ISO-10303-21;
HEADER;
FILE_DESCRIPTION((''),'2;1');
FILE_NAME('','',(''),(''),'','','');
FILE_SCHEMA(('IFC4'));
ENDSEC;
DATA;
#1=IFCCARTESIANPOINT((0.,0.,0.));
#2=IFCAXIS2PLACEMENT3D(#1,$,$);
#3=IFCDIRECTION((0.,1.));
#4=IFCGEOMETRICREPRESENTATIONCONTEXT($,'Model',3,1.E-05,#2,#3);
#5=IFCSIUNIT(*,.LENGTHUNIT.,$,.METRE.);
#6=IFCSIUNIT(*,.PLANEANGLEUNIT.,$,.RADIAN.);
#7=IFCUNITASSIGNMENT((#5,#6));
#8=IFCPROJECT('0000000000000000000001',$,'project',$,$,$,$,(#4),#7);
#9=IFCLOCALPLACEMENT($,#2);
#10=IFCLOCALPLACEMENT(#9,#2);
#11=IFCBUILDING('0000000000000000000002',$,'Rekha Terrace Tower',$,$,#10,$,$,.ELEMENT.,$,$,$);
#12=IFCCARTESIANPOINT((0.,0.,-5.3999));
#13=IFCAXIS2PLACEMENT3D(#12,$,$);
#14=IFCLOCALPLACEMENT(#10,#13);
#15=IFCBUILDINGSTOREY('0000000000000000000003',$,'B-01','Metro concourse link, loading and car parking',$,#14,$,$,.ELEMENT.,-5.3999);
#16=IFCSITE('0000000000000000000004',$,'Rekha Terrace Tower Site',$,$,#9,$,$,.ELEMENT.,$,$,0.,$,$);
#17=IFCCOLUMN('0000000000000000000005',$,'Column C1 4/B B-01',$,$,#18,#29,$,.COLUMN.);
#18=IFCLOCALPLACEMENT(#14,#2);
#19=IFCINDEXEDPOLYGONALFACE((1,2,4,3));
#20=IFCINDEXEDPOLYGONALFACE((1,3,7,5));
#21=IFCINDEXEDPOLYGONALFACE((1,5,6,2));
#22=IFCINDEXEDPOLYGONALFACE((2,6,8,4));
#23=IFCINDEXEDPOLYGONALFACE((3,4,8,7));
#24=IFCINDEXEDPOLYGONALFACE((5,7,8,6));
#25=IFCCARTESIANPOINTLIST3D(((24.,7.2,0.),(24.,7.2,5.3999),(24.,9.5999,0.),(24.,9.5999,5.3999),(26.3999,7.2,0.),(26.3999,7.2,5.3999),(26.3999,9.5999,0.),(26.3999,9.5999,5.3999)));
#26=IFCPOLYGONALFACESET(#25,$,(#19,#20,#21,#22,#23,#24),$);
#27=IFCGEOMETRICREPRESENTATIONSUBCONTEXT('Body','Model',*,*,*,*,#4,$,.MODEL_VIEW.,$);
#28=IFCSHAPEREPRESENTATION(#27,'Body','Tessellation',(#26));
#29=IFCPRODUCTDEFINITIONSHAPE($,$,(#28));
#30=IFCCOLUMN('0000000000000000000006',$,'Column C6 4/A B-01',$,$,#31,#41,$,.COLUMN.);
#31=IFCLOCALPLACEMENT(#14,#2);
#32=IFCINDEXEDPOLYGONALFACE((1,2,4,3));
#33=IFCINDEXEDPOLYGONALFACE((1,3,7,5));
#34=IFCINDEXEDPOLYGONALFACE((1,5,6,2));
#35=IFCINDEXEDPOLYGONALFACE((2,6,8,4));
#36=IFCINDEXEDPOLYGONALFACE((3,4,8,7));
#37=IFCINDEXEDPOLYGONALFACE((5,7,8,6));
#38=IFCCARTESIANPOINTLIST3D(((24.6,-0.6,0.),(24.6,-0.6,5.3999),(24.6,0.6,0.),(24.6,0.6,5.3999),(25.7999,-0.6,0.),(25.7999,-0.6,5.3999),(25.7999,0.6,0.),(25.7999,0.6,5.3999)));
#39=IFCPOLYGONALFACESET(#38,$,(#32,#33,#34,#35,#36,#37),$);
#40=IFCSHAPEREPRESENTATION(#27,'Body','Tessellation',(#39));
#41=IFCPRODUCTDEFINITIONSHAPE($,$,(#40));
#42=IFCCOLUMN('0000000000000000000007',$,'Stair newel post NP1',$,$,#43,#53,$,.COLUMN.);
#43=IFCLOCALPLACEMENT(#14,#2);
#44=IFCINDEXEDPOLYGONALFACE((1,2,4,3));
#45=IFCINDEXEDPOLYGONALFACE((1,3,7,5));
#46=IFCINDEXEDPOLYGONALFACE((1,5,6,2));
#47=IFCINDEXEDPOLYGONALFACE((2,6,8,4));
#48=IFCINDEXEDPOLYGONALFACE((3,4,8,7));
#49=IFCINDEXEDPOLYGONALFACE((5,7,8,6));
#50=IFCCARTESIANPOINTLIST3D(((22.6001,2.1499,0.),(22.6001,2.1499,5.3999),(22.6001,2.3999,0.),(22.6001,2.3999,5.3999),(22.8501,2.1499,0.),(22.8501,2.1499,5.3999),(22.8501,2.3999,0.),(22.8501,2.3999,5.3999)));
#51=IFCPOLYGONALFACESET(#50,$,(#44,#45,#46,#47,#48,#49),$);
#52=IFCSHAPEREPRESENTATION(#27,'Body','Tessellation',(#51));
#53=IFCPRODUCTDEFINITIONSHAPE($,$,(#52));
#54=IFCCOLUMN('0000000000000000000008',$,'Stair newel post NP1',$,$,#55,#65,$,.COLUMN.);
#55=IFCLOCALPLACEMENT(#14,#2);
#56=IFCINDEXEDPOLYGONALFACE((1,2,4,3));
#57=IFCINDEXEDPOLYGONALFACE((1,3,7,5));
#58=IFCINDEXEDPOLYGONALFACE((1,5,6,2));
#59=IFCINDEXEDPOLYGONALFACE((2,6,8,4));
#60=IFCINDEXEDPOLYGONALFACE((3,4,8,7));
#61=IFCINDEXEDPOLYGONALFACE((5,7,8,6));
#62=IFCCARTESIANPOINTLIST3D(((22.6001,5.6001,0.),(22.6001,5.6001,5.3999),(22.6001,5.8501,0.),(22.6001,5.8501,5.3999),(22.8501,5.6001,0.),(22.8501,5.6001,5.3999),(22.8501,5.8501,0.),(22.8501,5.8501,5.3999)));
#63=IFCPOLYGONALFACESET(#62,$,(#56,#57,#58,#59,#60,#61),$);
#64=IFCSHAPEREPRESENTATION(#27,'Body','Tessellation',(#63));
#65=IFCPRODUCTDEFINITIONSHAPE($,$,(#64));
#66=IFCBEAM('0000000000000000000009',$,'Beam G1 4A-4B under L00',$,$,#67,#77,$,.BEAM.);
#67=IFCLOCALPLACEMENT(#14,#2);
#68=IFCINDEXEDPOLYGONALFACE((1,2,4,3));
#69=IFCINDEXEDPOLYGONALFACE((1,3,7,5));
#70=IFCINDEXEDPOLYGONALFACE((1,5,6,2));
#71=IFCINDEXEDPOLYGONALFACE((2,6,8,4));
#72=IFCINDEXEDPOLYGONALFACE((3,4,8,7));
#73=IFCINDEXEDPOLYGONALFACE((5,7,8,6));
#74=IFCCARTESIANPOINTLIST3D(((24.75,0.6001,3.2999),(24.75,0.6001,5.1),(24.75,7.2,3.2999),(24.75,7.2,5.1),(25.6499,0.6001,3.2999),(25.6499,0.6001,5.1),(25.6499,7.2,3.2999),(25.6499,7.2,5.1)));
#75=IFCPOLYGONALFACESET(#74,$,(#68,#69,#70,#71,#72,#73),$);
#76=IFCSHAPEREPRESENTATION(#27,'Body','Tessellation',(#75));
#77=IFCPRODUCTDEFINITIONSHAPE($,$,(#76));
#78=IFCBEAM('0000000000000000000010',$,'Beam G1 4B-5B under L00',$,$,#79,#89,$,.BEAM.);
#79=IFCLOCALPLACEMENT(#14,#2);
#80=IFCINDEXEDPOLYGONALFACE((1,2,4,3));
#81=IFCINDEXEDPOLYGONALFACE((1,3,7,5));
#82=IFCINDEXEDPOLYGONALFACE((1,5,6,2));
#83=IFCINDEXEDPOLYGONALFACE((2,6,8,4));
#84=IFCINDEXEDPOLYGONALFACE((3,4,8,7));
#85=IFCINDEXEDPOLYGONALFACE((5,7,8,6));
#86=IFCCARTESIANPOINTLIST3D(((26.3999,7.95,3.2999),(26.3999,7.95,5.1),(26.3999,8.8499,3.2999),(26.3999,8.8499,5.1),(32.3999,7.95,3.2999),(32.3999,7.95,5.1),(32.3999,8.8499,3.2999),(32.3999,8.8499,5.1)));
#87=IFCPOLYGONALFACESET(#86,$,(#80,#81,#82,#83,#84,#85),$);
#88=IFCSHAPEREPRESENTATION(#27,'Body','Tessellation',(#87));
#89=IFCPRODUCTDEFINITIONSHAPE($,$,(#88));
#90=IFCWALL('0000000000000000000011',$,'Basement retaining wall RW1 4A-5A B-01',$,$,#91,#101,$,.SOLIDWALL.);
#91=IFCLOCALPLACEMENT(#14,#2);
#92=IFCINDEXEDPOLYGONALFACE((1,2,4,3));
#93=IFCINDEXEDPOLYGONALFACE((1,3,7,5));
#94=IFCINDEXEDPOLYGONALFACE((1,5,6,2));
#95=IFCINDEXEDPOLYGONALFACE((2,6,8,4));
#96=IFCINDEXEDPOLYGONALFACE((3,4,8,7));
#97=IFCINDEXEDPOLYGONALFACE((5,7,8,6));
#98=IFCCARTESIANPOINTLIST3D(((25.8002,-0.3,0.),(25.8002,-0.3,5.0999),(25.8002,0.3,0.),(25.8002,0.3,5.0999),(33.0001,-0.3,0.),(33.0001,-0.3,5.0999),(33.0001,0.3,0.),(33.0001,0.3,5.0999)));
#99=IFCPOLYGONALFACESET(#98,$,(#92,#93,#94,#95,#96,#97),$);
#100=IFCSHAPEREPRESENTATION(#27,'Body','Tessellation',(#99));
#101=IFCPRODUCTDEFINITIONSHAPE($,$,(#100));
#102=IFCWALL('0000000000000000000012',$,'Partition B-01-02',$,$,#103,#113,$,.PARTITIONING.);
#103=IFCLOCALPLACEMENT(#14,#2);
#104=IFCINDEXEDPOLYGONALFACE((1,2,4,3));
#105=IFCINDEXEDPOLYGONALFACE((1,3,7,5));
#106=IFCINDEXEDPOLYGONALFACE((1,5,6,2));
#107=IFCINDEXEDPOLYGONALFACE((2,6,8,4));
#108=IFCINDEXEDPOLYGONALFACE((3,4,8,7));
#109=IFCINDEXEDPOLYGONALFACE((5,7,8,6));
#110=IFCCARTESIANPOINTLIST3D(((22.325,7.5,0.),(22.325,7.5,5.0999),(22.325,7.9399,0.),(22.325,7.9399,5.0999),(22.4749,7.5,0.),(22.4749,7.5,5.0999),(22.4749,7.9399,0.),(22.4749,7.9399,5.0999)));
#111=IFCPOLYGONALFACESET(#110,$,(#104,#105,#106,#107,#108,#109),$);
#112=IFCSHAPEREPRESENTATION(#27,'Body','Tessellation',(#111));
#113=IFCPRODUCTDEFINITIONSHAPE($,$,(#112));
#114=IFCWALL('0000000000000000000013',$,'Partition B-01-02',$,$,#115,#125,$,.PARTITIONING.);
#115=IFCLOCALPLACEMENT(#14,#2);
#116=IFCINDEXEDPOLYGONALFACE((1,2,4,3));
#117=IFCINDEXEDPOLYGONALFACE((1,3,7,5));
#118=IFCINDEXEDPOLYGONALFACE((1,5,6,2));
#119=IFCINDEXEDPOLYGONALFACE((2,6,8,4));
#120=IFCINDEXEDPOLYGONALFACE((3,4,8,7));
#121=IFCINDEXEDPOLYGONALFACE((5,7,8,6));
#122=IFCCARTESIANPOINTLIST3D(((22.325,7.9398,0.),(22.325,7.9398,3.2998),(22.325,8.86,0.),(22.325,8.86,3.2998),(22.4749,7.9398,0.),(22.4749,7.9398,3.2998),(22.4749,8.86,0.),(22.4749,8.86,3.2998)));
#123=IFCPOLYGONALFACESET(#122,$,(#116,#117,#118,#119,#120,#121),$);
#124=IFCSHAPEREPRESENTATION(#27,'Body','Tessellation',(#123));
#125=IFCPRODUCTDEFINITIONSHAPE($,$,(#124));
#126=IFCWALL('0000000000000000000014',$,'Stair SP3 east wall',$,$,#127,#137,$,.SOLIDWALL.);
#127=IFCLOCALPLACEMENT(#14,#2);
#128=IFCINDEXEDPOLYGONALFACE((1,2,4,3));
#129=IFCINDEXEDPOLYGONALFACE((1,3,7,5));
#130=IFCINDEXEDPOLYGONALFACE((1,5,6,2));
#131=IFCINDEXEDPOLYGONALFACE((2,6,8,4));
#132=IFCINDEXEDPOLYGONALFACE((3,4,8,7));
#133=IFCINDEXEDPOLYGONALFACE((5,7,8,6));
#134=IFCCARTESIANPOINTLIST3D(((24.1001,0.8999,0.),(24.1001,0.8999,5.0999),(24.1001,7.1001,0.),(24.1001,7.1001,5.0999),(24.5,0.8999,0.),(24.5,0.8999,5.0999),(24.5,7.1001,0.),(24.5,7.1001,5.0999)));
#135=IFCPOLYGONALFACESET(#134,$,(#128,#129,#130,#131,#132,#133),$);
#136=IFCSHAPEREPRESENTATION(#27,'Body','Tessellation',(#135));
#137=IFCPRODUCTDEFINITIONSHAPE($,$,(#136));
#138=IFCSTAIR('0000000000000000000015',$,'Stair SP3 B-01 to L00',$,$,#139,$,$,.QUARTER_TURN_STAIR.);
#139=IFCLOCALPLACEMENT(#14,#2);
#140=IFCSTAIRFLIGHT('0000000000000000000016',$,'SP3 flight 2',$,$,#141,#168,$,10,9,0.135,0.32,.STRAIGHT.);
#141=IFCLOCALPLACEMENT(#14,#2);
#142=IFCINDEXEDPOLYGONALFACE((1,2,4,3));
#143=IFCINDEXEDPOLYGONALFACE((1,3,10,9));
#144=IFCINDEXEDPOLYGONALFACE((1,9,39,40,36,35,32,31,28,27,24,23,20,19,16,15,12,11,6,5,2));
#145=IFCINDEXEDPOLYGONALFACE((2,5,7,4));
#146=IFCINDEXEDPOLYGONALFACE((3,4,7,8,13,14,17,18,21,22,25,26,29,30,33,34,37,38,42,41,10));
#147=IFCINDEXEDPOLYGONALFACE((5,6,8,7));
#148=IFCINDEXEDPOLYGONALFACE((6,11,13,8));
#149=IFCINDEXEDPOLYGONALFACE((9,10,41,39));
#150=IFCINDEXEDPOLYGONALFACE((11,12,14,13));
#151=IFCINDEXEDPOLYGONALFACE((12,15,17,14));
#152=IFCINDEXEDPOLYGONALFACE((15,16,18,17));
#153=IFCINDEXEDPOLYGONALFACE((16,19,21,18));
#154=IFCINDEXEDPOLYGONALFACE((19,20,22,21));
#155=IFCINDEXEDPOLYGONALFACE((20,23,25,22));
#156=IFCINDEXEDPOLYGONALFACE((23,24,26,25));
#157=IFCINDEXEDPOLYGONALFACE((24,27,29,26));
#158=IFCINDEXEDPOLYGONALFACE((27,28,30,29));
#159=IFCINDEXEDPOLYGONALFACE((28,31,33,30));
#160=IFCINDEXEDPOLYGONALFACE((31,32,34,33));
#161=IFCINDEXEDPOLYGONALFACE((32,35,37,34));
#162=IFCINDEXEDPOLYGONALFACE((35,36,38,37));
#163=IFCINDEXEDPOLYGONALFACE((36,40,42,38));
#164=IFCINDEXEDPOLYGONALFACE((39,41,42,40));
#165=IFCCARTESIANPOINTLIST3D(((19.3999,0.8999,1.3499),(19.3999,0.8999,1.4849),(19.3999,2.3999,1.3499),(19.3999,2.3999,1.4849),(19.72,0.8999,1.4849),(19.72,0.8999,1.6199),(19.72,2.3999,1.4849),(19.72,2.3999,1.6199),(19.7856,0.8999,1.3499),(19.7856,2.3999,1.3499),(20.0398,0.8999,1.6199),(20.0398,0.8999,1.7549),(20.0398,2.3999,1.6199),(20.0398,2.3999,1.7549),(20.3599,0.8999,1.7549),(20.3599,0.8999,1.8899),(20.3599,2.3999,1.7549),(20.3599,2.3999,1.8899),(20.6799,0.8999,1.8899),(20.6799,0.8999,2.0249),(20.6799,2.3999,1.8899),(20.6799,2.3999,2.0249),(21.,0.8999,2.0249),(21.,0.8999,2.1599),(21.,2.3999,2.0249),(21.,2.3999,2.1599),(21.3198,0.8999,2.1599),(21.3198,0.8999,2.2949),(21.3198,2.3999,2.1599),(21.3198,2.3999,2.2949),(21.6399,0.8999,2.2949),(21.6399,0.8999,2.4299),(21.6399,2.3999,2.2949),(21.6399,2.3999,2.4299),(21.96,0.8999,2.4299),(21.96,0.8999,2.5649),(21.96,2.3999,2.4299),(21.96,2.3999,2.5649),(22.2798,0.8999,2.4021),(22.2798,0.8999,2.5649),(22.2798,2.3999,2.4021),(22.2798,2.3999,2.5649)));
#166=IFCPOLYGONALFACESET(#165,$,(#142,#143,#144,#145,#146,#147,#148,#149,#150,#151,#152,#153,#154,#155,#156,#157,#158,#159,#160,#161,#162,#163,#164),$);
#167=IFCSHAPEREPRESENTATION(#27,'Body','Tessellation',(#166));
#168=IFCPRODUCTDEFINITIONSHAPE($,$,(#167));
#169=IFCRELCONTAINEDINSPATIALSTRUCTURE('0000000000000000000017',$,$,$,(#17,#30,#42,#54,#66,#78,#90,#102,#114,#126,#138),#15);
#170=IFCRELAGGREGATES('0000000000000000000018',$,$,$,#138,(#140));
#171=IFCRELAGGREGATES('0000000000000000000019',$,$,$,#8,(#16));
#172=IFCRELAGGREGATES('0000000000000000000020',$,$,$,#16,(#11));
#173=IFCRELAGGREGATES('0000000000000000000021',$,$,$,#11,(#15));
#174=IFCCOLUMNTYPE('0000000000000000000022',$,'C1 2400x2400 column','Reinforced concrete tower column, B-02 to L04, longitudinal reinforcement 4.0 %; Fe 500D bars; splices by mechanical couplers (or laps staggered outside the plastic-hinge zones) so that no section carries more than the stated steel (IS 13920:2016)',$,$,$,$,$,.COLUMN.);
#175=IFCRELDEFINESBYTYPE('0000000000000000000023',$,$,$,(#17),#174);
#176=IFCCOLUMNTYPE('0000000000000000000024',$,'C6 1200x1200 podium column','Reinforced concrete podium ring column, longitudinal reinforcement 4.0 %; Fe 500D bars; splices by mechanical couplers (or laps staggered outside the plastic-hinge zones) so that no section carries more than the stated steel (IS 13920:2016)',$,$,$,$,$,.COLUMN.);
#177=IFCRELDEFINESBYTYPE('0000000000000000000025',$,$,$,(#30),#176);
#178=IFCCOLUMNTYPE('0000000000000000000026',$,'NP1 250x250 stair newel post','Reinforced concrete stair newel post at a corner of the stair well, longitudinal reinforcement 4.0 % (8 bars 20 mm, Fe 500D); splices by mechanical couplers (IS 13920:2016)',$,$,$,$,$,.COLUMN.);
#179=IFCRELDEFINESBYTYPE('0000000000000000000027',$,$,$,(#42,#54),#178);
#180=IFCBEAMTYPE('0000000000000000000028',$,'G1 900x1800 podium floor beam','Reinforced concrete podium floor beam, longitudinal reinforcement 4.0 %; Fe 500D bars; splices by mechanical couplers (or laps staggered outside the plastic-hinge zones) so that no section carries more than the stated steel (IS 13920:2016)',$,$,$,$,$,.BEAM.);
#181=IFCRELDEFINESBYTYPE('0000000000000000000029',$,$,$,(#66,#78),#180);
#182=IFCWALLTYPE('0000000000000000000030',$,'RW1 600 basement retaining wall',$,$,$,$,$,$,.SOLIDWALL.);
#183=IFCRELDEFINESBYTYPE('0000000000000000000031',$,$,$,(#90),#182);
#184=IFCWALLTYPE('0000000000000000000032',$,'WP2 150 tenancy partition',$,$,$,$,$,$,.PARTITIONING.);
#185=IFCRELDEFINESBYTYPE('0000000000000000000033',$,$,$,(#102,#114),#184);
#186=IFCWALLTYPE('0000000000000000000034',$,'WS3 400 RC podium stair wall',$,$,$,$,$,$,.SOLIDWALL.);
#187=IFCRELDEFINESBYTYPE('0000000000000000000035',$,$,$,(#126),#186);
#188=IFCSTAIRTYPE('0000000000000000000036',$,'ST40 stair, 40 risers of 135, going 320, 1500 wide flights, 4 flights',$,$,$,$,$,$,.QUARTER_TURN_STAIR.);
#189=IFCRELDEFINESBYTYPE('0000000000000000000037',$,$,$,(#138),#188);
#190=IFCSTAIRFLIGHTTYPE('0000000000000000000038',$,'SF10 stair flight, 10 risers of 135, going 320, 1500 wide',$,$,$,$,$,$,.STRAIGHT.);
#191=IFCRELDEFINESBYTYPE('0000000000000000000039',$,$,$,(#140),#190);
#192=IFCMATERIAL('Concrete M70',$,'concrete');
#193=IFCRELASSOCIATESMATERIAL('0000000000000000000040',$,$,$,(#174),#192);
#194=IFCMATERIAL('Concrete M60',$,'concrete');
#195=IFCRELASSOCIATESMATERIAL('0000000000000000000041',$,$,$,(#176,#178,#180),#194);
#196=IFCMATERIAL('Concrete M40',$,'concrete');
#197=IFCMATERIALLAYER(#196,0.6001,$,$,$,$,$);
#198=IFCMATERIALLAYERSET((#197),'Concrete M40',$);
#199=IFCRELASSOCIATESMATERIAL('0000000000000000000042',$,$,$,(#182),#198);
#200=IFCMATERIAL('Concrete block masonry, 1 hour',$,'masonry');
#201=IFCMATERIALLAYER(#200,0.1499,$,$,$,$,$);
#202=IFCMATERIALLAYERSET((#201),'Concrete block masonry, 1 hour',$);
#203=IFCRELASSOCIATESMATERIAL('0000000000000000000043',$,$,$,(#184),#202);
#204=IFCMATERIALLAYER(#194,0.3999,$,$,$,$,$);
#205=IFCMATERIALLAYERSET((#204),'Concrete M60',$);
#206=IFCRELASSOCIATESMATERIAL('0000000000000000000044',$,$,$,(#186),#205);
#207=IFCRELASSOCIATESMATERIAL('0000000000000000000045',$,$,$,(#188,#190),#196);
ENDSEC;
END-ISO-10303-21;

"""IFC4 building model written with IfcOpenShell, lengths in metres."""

from ifc_helpers import new_model, si_unit, direction, frame, frame_2d, origin, origin_2d, place, context, subcontext, project, spatial, polyline, rectangle, outline, extrude, material, layer, layer_set, material_profile, profile_set, type_object, element, aggregate, save


model = new_model("IFC4")

# Units and contexts
model_context = context("Model", 3, precision=1e-05, world=origin(), true_north=direction((0.0, 1.0)))
body_context = subcontext(model_context, "Body", "Model", "MODEL_VIEW")
ifc_project = project(units=[si_unit("LENGTHUNIT", "METRE"), si_unit("PLANEANGLEUNIT", "RADIAN")], contexts=[model_context])

# Site, building, storey
site_placement = place(None, origin())
site = spatial("IfcSite", under=ifc_project, at=site_placement, Name="Rekha Terrace Tower Site", CompositionType="ELEMENT", RefElevation=0.0)
building_placement = place(site_placement, origin())
building = spatial("IfcBuilding", under=site, at=building_placement, Name="Rekha Terrace Tower", CompositionType="ELEMENT")
storey_placement = place(building_placement, frame((0.0, 0.0, -5.3999)))
storey = spatial("IfcBuildingStorey", under=building, at=storey_placement, Name="B-01", Description="Metro concourse link, loading and car parking", CompositionType="ELEMENT", Elevation=-5.3999)

# Columns
ifc_material_1 = material(Name="Concrete M70", Category="concrete")
ifc_material_profile_1 = material_profile(ifc_material_1, rectangle(XDim=2.3999, YDim=2.3999, at=origin_2d()), Name="RC 2400x2400")
ifc_profile_set_1 = profile_set([ifc_material_profile_1], Name="Concrete M70")
column_type_1 = type_object("IfcColumnType", Name="C1 2400x2400 column", Description="Reinforced concrete tower column, B-02 to L04, longitudinal reinforcement 4.0 %; Fe 500D bars; splices by mechanical couplers (or laps staggered outside the plastic-hinge zones) so that no section carries more than the stated steel (IS 13920:2016)", PredefinedType="COLUMN", material=ifc_profile_set_1)
column_1_placement = place(storey_placement, frame((25.2, 8.3999, 0.0), z_axis=(0.0, 0.0, 1.0), x_axis=(1.0, 0.0, 0.0)))
element("IfcColumn", 1, at=column_1_placement, inside=storey, type_object=column_type_1, Name="Column C1 4/B B-01", PredefinedType="COLUMN", context=body_context, shape_type="SweptSolid", body=[
    extrude(rectangle(XDim=2.3999, YDim=2.3999, at=origin_2d()), origin(), (0.0, 0.0, 1.0), 5.3999),
])
ifc_material_2 = material(Name="Concrete M60", Category="concrete")
ifc_material_profile_2 = material_profile(ifc_material_2, rectangle(XDim=1.2, YDim=1.2, at=origin_2d()), Name="RC 1200x1200")
ifc_profile_set_2 = profile_set([ifc_material_profile_2], Name="Concrete M60")
column_type_2 = type_object("IfcColumnType", Name="C6 1200x1200 podium column", Description="Reinforced concrete podium ring column, longitudinal reinforcement 4.0 %; Fe 500D bars; splices by mechanical couplers (or laps staggered outside the plastic-hinge zones) so that no section carries more than the stated steel (IS 13920:2016)", PredefinedType="COLUMN", material=ifc_profile_set_2)
column_2_placement = place(storey_placement, frame((25.2, 0.0, 0.0), z_axis=(0.0, 0.0, 1.0), x_axis=(1.0, 0.0, 0.0)))
element("IfcColumn", 2, at=column_2_placement, inside=storey, type_object=column_type_2, Name="Column C6 4/A B-01", PredefinedType="COLUMN", context=body_context, shape_type="SweptSolid", body=[
    extrude(rectangle(XDim=1.2, YDim=1.2, at=origin_2d()), origin(), (0.0, 0.0, 1.0), 5.3999),
])
ifc_material_profile_3 = material_profile(ifc_material_2, rectangle(XDim=0.25, YDim=0.25, at=origin_2d()), Name="RC 250x250")
ifc_profile_set_3 = profile_set([ifc_material_profile_3], Name="Concrete M60")
column_type_3 = type_object("IfcColumnType", Name="NP1 250x250 stair newel post", Description="Reinforced concrete stair newel post at a corner of the stair well, longitudinal reinforcement 4.0 % (8 bars 20 mm, Fe 500D); splices by mechanical couplers (IS 13920:2016)", PredefinedType="COLUMN", material=ifc_profile_set_3)
for number, where, z_axis, x_axis, name in (
    (3, (22.7251, 2.2749, 0.0), (0.0, 0.0, 1.0), (1.0, 0.0, 0.0), "Stair newel post NP1"),
    (4, (22.7251, 5.7251, 0.0), (0.0, 0.0, 1.0), (1.0, 0.0, 0.0), "Stair newel post NP1"),
):
    element("IfcColumn", number, at=place(storey_placement, frame(where, z_axis=z_axis, x_axis=x_axis)), inside=storey, type_object=column_type_3, Name=name, PredefinedType="COLUMN", context=body_context, shape_type="SweptSolid", body=[
        extrude(rectangle(XDim=0.25, YDim=0.25, at=origin_2d()), origin(), (0.0, 0.0, 1.0), 5.3999),
    ])

# Beams
ifc_material_profile_4 = material_profile(ifc_material_2, rectangle(XDim=0.8999, YDim=1.8, at=origin_2d()), Name="RC 900x1800")
ifc_profile_set_4 = profile_set([ifc_material_profile_4], Name="Concrete M60")
beam_type = type_object("IfcBeamType", Name="G1 900x1800 podium floor beam", Description="Reinforced concrete podium floor beam, longitudinal reinforcement 4.0 %; Fe 500D bars; splices by mechanical couplers (or laps staggered outside the plastic-hinge zones) so that no section carries more than the stated steel (IS 13920:2016)", PredefinedType="BEAM", material=ifc_profile_set_4)
beam_1_placement = place(storey_placement, frame((25.2, 0.6001, 4.2), z_axis=(0.0, 1.0, 0.0), x_axis=(-1.0, 0.0, 0.0)))
element("IfcBeam", 5, at=beam_1_placement, inside=storey, type_object=beam_type, Name="Beam G1 4A-4B under L00", PredefinedType="BEAM", context=body_context, shape_type="SweptSolid", body=[
    extrude(rectangle(XDim=0.8999, YDim=1.8, at=origin_2d()), origin(), (0.0, 0.0, 1.0), 6.5999),
])
beam_2_placement = place(storey_placement, frame((26.3999, 8.3999, 4.2), z_axis=(1.0, 0.0, 0.0), x_axis=(0.0, 1.0, 0.0)))
element("IfcBeam", 6, at=beam_2_placement, inside=storey, type_object=beam_type, Name="Beam G1 4B-5B under L00", PredefinedType="BEAM", context=body_context, shape_type="SweptSolid", body=[
    extrude(rectangle(XDim=0.8999, YDim=1.8, at=origin_2d()), origin(), (0.0, 0.0, 1.0), 6.0),
])

# Walls
ifc_material_3 = material(Name="Concrete M40", Category="concrete")
ifc_layer_1 = layer(ifc_material_3, 0.6001)
ifc_layer_set_1 = layer_set([ifc_layer_1], Name="Concrete M40")
wall_type_1 = type_object("IfcWallType", Name="RW1 600 basement retaining wall", PredefinedType="SOLIDWALL", material=ifc_layer_set_1)
wall_1_placement = place(storey_placement, frame((25.8, 0.0, 0.0), z_axis=(0.0, 0.0, 1.0), x_axis=(1.0, 0.0, 0.0)))
element("IfcWall", 7, at=wall_1_placement, inside=storey, type_object=wall_type_1, Name="Basement retaining wall RW1 4A-5A B-01", PredefinedType="SOLIDWALL", context=body_context, shape_type="SweptSolid", body=[
    extrude(rectangle(XDim=7.2, YDim=0.6001, at=frame_2d((3.6001, 0.0))), origin(), (0.0, 0.0, 1.0), 5.0999),
])
ifc_material_4 = material(Name="Concrete block masonry, 1 hour", Category="masonry")
ifc_layer_2 = layer(ifc_material_4, 0.1499)
ifc_layer_set_2 = layer_set([ifc_layer_2], Name="Concrete block masonry, 1 hour")
wall_type_2 = type_object("IfcWallType", Name="WP2 150 tenancy partition", PredefinedType="PARTITIONING", material=ifc_layer_set_2)
wall_2_placement = place(storey_placement, frame((22.3999, 7.5, 0.0), z_axis=(0.0, 0.0, 1.0), x_axis=(0.0, 1.0, 0.0)))
element("IfcWall", 8, at=wall_2_placement, inside=storey, type_object=wall_type_2, Name="Partition B-01-02", PredefinedType="PARTITIONING", context=body_context, shape_type="SweptSolid", body=[
    extrude(rectangle(XDim=0.4399, YDim=0.1499, at=frame_2d((0.22, 0.0))), origin(), (0.0, 0.0, 1.0), 5.0999),
])
wall_3_placement = place(storey_placement, frame((22.3999, 7.9399, 0.0), z_axis=(0.0, 0.0, 1.0), x_axis=(0.0, 1.0, 0.0)))
element("IfcWall", 9, at=wall_3_placement, inside=storey, type_object=wall_type_2, Name="Partition B-01-02", PredefinedType="PARTITIONING", context=body_context, shape_type="SweptSolid", body=[
    extrude(rectangle(XDim=0.9202, YDim=0.1499, at=frame_2d((0.46, 0.0))), origin(), (0.0, 0.0, 1.0), 3.2998),
])
ifc_layer_3 = layer(ifc_material_2, 0.3999)
ifc_layer_set_3 = layer_set([ifc_layer_3], Name="Concrete M60")
wall_type_3 = type_object("IfcWallType", Name="WS3 400 RC podium stair wall", PredefinedType="SOLIDWALL", material=ifc_layer_set_3)
wall_4_placement = place(storey_placement, frame((24.3, 0.8999, 0.0), z_axis=(0.0, 0.0, 1.0), x_axis=(0.0, 1.0, 0.0)))
element("IfcWall", 10, at=wall_4_placement, inside=storey, type_object=wall_type_3, Name="Stair SP3 east wall", PredefinedType="SOLIDWALL", context=body_context, shape_type="SweptSolid", body=[
    extrude(rectangle(XDim=6.2002, YDim=0.3999, at=frame_2d((3.1001, 0.0))), origin(), (0.0, 0.0, 1.0), 5.0999),
])

# Stair, stair flight
stair_type = type_object("IfcStairType", Name="ST40 stair, 40 risers of 135, going 320, 1500 wide flights, 4 flights", PredefinedType="QUARTER_TURN_STAIR", material=ifc_material_3)
stair_placement = place(storey_placement, origin())
stair = element("IfcStair", 11, at=stair_placement, inside=storey, type_object=stair_type, Name="Stair SP3 B-01 to L00", PredefinedType="QUARTER_TURN_STAIR")
stair_flight_type = type_object("IfcStairFlightType", Name="SF10 stair flight, 10 risers of 135, going 320, 1500 wide", PredefinedType="STRAIGHT", material=ifc_material_3)
stair_flight_1_placement = place(storey_placement, frame((19.3999, 1.6499, 1.3499), z_axis=(0.0, 0.0, 1.0), x_axis=(1.0, 0.0, 0.0)))
stair_flight_1 = element("IfcStairFlight", 12, at=stair_flight_1_placement, type_object=stair_flight_type, Name="SP3 flight 2", NumberOfRisers=10, NumberOfTreads=9, PredefinedType="STRAIGHT", RiserHeight=0.135, TreadLength=0.32, context=body_context, shape_type="SweptSolid", body=[
    extrude(outline(polyline([(0.0, 0.0), (0.0, 0.135), (0.3201, 0.135), (0.3201, 0.27), (0.6399, 0.27), (0.6399, 0.405), (0.96, 0.405), (0.96, 0.54), (1.28, 0.54), (1.28, 0.675), (1.6001, 0.675), (1.6001, 0.8101), (1.9199, 0.8101), (1.9199, 0.9451), (2.24, 0.9451), (2.24, 1.0801), (2.5601, 1.0801), (2.5601, 1.2151), (2.8799, 1.2151), (2.8799, 1.3501), (2.8799, 1.0522), (0.3857, 0.0), (0.0, 0.0)])), frame((0.0, 0.75, 0.0), z_axis=(0.0, -1.0, 0.0), x_axis=(1.0, 0.0, 0.0)), (0.0, 0.0, 1.0), 1.5),
])
aggregate(stair, [stair_flight_1])

save(model, "model.ifc")
